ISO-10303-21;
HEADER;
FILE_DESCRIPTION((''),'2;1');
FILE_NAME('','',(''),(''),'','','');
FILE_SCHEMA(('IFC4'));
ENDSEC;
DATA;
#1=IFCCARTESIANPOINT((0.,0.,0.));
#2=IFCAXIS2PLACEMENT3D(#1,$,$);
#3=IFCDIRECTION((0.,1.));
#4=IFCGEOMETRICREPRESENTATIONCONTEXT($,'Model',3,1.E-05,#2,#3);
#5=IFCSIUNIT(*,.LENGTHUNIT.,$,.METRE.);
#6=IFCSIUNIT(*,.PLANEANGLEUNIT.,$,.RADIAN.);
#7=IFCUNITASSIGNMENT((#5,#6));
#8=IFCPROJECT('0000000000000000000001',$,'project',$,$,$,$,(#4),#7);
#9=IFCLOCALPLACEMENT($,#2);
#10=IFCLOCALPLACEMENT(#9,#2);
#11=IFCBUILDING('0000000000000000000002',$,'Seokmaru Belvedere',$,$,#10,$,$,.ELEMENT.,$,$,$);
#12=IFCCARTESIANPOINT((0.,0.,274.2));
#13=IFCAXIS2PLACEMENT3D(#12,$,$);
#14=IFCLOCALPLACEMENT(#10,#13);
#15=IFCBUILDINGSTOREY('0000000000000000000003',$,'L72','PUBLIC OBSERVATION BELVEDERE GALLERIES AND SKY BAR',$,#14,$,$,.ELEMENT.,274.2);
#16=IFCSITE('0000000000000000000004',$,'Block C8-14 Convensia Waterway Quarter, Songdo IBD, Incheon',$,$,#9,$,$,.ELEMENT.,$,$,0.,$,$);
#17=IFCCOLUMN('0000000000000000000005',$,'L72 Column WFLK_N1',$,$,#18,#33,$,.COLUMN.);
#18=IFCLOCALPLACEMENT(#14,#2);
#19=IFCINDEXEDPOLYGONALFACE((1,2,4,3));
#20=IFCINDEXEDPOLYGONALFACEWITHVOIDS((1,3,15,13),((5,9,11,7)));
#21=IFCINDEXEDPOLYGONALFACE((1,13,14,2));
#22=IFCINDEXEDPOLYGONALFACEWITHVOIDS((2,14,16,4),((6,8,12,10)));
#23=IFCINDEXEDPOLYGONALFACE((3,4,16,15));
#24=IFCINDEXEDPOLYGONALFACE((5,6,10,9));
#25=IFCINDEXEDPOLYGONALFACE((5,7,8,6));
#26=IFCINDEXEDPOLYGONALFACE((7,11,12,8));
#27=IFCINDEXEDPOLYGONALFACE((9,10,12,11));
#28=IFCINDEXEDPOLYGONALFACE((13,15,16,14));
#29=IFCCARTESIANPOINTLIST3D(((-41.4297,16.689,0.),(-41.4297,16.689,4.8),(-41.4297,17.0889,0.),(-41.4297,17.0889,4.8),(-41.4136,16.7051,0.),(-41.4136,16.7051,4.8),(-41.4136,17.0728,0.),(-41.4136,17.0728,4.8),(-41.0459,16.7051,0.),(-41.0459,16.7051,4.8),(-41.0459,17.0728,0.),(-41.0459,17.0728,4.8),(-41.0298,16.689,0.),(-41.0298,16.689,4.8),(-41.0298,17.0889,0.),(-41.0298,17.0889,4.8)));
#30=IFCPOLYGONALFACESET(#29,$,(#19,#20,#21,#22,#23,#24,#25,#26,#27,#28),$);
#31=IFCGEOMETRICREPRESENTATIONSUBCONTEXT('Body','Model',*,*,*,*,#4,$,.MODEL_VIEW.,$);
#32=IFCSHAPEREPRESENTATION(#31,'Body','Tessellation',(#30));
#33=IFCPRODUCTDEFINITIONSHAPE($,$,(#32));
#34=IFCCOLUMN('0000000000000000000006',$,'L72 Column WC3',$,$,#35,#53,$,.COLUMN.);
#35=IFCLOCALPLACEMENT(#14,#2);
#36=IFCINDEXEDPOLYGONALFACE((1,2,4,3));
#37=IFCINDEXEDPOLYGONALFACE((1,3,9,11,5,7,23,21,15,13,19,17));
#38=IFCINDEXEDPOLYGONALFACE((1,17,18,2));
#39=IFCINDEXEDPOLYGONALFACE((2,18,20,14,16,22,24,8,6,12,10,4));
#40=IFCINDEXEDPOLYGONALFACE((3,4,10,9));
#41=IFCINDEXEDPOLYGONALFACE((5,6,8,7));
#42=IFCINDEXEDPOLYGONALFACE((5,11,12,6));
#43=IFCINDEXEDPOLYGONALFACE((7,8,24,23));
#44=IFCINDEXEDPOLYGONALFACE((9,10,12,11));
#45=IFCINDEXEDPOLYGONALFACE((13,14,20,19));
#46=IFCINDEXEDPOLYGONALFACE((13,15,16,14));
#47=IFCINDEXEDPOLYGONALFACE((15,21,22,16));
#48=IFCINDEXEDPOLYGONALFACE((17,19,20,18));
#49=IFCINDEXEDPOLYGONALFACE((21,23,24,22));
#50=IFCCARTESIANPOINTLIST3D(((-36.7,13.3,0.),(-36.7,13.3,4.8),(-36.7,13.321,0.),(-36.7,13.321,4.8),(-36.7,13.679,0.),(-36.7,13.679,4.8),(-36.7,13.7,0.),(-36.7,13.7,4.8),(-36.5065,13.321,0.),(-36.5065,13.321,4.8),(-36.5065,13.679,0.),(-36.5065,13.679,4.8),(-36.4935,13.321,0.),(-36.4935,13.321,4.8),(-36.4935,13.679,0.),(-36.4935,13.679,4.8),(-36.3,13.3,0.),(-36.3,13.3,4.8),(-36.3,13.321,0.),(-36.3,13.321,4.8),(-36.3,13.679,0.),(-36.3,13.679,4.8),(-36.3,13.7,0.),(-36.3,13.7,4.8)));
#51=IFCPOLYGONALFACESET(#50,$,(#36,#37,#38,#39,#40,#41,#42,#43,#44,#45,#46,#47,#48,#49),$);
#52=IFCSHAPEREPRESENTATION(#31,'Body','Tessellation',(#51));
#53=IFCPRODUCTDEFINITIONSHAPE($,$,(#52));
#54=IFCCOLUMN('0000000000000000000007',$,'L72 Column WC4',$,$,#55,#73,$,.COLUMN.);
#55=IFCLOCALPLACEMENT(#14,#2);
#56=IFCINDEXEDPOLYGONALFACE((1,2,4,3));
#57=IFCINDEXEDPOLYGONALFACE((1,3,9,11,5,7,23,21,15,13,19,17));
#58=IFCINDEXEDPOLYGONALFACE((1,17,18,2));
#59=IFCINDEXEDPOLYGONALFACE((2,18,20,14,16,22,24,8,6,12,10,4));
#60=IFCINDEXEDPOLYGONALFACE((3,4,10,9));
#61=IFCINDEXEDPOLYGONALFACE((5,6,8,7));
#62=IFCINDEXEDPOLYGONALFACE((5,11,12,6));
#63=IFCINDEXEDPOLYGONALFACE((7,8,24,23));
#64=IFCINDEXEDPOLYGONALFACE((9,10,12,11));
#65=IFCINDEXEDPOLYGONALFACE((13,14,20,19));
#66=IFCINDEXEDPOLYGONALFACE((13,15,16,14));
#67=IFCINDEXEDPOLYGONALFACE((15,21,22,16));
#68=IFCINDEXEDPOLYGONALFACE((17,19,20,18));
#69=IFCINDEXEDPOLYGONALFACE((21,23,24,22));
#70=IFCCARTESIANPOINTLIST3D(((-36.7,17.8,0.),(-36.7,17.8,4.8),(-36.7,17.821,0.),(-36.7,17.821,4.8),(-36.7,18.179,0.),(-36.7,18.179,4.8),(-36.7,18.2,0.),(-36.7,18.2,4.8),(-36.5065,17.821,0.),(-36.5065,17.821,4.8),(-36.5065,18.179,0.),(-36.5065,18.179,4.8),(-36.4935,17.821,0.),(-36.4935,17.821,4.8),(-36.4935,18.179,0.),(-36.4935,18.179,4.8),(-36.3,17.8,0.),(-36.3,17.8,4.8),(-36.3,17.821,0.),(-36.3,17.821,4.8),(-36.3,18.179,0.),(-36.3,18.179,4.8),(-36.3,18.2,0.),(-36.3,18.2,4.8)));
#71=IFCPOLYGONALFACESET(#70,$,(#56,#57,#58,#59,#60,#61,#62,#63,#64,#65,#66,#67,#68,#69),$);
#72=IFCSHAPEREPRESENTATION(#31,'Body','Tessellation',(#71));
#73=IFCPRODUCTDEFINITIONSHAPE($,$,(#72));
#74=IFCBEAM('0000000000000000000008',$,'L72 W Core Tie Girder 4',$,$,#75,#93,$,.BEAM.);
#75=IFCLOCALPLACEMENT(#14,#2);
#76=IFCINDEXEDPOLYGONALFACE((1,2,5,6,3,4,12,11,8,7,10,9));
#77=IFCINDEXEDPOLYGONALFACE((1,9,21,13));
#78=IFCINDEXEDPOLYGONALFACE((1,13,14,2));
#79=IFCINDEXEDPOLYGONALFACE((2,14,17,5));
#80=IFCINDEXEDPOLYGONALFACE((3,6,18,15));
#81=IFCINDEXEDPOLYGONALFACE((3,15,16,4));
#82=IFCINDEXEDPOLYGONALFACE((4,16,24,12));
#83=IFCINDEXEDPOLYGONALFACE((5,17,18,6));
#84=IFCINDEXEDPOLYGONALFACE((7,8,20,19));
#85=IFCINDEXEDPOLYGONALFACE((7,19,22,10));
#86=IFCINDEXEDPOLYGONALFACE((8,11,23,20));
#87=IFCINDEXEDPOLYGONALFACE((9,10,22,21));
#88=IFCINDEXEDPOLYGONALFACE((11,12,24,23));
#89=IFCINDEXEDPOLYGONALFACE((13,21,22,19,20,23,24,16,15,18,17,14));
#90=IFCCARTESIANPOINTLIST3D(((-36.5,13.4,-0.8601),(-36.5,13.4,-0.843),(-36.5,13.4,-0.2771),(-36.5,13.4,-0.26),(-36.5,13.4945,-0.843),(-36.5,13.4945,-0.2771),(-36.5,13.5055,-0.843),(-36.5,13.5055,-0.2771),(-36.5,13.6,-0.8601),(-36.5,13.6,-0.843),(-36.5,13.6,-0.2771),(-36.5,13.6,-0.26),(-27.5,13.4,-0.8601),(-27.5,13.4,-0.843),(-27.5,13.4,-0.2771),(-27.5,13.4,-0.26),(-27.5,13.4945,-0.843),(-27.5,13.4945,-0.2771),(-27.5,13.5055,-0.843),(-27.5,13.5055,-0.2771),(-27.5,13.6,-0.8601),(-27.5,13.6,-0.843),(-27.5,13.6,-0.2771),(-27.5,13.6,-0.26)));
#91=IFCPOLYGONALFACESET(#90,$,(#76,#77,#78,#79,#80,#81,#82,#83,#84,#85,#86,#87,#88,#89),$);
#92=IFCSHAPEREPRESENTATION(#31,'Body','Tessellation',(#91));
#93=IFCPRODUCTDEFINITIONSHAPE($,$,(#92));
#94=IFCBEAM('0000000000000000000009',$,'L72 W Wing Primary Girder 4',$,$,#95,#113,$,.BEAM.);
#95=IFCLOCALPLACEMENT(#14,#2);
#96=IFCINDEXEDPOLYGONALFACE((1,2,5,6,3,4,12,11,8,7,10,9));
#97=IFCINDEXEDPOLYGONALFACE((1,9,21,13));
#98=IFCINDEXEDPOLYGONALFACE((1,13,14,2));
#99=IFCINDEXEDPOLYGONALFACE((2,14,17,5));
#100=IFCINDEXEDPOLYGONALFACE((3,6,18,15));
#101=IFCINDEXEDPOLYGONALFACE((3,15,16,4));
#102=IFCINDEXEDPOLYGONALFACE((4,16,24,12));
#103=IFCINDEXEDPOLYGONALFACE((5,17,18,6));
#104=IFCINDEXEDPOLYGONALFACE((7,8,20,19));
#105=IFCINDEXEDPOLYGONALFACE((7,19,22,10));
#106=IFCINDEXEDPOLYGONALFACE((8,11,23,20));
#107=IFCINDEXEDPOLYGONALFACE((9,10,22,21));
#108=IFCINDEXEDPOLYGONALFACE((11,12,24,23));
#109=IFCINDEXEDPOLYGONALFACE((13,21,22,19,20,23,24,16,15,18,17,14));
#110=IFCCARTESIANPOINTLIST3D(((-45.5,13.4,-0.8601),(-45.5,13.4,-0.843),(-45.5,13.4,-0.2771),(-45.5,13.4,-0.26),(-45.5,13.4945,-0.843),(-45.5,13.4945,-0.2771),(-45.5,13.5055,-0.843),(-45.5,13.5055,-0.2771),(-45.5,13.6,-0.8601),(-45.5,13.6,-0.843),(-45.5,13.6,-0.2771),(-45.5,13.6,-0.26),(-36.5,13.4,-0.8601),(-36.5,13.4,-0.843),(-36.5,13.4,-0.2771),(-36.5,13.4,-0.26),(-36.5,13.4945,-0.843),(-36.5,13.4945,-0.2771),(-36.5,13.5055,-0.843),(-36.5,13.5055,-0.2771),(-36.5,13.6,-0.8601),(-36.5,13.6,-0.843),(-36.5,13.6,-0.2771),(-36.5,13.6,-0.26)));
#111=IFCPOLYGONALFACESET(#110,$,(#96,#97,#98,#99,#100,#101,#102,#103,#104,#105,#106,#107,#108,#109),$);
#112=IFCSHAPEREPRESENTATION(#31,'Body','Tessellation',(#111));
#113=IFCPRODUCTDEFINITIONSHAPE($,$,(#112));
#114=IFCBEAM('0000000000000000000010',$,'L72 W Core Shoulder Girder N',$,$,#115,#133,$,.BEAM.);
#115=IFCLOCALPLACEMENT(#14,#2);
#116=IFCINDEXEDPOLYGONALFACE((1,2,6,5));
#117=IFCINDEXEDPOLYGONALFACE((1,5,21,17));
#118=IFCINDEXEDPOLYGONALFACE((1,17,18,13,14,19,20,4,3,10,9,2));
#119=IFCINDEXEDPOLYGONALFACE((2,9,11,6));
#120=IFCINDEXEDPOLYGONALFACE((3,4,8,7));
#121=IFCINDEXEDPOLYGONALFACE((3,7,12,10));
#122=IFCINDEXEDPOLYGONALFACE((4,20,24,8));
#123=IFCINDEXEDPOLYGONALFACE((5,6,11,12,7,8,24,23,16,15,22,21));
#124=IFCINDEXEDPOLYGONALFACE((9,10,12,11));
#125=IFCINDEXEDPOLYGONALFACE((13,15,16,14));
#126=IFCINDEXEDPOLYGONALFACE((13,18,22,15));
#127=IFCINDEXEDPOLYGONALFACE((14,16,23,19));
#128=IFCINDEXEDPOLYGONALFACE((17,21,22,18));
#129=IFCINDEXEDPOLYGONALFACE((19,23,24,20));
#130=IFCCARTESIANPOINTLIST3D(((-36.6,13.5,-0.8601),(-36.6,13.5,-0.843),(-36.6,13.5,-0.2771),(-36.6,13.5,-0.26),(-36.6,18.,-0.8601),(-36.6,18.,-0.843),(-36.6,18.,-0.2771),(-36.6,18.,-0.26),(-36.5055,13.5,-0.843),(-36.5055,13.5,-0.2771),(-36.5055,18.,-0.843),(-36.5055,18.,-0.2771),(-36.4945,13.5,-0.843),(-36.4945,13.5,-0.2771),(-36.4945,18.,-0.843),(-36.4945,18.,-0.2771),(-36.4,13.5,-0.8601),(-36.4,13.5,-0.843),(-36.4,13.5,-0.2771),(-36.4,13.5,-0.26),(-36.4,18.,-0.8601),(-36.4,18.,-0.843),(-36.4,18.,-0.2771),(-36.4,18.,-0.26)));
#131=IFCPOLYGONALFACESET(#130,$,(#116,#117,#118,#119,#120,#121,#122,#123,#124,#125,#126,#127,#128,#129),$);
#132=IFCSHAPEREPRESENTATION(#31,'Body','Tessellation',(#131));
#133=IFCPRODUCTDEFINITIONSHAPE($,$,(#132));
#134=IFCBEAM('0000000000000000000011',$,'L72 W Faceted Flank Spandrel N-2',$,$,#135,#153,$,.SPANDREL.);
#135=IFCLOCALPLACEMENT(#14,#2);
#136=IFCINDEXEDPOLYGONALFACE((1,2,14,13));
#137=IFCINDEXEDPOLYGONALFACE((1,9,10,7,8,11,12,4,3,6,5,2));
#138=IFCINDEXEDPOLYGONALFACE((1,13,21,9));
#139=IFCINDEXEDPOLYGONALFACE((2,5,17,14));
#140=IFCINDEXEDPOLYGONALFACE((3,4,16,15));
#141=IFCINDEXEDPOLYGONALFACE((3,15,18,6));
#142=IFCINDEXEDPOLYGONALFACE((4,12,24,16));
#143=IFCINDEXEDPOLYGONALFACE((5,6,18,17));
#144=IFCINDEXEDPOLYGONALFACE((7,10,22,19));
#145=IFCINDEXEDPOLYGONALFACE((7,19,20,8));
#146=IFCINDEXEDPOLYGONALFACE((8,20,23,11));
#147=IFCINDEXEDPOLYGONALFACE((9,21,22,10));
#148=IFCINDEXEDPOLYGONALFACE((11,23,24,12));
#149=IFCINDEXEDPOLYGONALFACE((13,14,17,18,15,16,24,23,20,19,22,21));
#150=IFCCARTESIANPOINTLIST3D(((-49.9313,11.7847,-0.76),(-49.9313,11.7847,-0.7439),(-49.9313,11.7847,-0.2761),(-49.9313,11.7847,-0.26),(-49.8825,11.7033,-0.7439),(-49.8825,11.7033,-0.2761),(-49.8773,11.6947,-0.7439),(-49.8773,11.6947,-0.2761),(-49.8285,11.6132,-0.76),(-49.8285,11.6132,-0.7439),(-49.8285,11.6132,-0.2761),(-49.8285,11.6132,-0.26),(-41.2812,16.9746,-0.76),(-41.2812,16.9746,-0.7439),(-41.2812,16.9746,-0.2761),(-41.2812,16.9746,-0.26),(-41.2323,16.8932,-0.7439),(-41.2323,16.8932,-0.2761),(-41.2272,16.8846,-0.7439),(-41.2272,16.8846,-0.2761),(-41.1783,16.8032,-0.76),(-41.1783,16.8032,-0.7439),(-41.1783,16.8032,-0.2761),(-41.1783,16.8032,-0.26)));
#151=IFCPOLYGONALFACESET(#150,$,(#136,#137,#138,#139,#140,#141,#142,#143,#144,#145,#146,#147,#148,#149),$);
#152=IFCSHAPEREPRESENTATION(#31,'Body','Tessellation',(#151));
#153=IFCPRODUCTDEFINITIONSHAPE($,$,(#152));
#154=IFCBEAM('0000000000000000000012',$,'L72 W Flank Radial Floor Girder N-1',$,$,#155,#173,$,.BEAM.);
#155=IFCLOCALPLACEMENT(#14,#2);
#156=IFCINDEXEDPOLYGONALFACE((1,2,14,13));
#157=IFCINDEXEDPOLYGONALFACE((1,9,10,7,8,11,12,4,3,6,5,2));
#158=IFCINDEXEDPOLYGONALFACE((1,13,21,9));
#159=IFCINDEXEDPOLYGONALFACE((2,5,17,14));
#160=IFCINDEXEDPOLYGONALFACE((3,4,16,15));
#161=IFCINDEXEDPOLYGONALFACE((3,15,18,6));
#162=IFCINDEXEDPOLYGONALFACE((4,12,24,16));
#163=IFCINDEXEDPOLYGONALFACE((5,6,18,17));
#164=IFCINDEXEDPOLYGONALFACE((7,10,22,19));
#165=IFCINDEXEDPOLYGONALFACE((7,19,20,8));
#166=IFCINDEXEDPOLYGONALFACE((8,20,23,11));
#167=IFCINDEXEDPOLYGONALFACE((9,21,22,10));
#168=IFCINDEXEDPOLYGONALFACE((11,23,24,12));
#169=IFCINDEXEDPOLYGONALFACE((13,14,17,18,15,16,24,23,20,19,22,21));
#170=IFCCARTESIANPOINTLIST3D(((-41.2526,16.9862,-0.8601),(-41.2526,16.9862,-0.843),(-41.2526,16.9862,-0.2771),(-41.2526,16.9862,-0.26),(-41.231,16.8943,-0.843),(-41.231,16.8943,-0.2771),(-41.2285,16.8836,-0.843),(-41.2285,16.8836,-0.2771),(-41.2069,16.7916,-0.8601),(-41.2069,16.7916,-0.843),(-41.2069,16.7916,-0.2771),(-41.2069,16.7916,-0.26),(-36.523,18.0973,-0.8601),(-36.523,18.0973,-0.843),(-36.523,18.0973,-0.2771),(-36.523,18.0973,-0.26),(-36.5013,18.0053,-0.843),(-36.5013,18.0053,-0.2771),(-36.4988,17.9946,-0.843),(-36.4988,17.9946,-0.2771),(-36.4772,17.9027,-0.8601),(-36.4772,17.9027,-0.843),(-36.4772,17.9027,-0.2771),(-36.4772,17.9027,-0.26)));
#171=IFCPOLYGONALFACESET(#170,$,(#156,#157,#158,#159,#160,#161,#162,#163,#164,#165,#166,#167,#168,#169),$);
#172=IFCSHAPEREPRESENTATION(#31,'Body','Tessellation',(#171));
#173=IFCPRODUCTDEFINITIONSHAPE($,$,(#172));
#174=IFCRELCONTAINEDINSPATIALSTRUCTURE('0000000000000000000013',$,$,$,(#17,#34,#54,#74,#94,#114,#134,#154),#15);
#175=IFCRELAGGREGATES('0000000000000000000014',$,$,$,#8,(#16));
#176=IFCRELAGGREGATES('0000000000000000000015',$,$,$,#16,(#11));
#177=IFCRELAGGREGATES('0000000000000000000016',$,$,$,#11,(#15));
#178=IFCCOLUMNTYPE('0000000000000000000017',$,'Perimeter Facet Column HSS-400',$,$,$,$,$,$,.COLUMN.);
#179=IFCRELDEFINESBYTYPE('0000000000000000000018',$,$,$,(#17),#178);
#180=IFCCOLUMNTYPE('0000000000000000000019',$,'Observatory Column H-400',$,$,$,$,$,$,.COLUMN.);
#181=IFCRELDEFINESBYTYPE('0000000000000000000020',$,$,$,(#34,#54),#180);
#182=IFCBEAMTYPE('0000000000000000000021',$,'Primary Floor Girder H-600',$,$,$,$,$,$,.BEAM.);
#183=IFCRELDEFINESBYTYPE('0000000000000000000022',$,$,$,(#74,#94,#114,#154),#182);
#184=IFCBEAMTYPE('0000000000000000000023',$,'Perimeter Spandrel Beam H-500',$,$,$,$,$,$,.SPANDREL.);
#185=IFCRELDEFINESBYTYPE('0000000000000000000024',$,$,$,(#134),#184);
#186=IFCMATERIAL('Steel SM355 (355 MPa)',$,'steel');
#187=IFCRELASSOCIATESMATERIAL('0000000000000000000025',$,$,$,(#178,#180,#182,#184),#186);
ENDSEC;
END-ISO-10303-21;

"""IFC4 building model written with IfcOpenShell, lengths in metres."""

from ifc_helpers import new_model, si_unit, direction, frame, origin, origin_2d, place, context, subcontext, project, spatial, hollow_rectangle, i_section, extrude, source, transform, mapped, material, material_profile, profile_set, type_object, type_shapes, element, save


model = new_model("IFC4")

# Units and contexts
model_context = context("Model", 3, precision=1e-05, world=origin(), true_north=direction((0.0, 1.0)))
body_context = subcontext(model_context, "Body", "Model", "MODEL_VIEW")
ifc_project = project(units=[si_unit("LENGTHUNIT", "METRE"), si_unit("PLANEANGLEUNIT", "RADIAN")], contexts=[model_context])

# Site, building, storey
site_placement = place(None, origin())
site = spatial("IfcSite", under=ifc_project, at=site_placement, Name="Block C8-14 Convensia Waterway Quarter, Songdo IBD, Incheon", CompositionType="ELEMENT", RefElevation=0.0)
building_placement = place(site_placement, origin())
building = spatial("IfcBuilding", under=site, at=building_placement, Name="Seokmaru Belvedere", CompositionType="ELEMENT")
storey_placement = place(building_placement, frame((0.0, 0.0, 274.2)))
storey = spatial("IfcBuildingStorey", under=building, at=storey_placement, Name="L72", Description="PUBLIC OBSERVATION BELVEDERE GALLERIES AND SKY BAR", CompositionType="ELEMENT", Elevation=274.2)

# Columns
ifc_material_1 = material(Name="Steel SM355 (355 MPa)", Category="steel")
ifc_material_profile_1 = material_profile(ifc_material_1, hollow_rectangle(XDim=0.3999, YDim=0.3999, WallThickness=0.0161, at=origin_2d()), Name="HSS-400x400x16")
ifc_profile_set_1 = profile_set([ifc_material_profile_1], Name="Steel SM355 (355 MPa)")
column_type_1 = type_object("IfcColumnType", Name="Perimeter Facet Column HSS-400", PredefinedType="COLUMN", material=ifc_profile_set_1)
shared_shape_1 = source(origin(), body_context, "Body", "SweptSolid", [
    extrude(hollow_rectangle(XDim=0.3999, YDim=0.3999, WallThickness=0.0161, at=origin_2d()), origin(), (0.0, 0.0, 1.0), 4.8),
])
type_shapes(column_type_1, [shared_shape_1])
column_placement = place(storey_placement, frame((-41.2297, 16.8889, 0.0), z_axis=(0.0, 0.0, 1.0), x_axis=(1.0, 0.0, 0.0)))
element("IfcColumn", 1, at=column_placement, inside=storey, type_object=column_type_1, Name="L72 Column WFLK_N1", PredefinedType="COLUMN", context=body_context, shape_type="MappedRepresentation", body=[
    mapped(shared_shape_1, transform((0.0, 0.0, 0.0), scale=1.0)),
])
ifc_material_profile_2 = material_profile(ifc_material_1, i_section(OverallWidth=0.3999, OverallDepth=0.3999, WebThickness=0.0129, FlangeThickness=0.021, at=origin_2d()), Name="H-400x400x13x21")
ifc_profile_set_2 = profile_set([ifc_material_profile_2], Name="Steel SM355 (355 MPa)")
column_type_2 = type_object("IfcColumnType", Name="Observatory Column H-400", PredefinedType="COLUMN", material=ifc_profile_set_2)
shared_shape_2 = source(origin(), body_context, "Body", "SweptSolid", [
    extrude(i_section(OverallWidth=0.3999, OverallDepth=0.3999, WebThickness=0.0129, FlangeThickness=0.021, at=origin_2d()), origin(), (0.0, 0.0, 1.0), 4.8),
])
type_shapes(column_type_2, [shared_shape_2])
for number, where, z_axis, x_axis, name in (
    (2, (-36.5, 13.5, 0.0), (0.0, 0.0, 1.0), (1.0, 0.0, 0.0), "L72 Column WC3"),
    (3, (-36.5, 18.0, 0.0), (0.0, 0.0, 1.0), (1.0, 0.0, 0.0), "L72 Column WC4"),
):
    element("IfcColumn", number, at=place(storey_placement, frame(where, z_axis=z_axis, x_axis=x_axis)), inside=storey, type_object=column_type_2, Name=name, PredefinedType="COLUMN", context=body_context, shape_type="MappedRepresentation", body=[
        mapped(shared_shape_2, transform((0.0, 0.0, 0.0), scale=1.0)),
    ])

# Beams
ifc_material_profile_3 = material_profile(ifc_material_1, i_section(OverallWidth=0.2, OverallDepth=0.6001, WebThickness=0.011, FlangeThickness=0.0171, at=origin_2d()), Name="H-600x200x11x17")
ifc_profile_set_3 = profile_set([ifc_material_profile_3], Name="Steel SM355 (355 MPa)")
beam_type_1 = type_object("IfcBeamType", Name="Primary Floor Girder H-600", PredefinedType="BEAM", material=ifc_profile_set_3)
shared_shape_3 = source(origin(), body_context, "Body", "SweptSolid", [
    extrude(i_section(OverallWidth=0.2, OverallDepth=0.6001, WebThickness=0.011, FlangeThickness=0.0171, at=origin_2d()), origin(), (0.0, 0.0, 1.0), 9.0),
])
for number, where, z_axis, x_axis, name in (
    (4, (-36.5, 13.5, -0.5601), (1.0, 0.0, 0.0), (0.0, 1.0, 0.0), "L72 W Core Tie Girder 4"),
    (5, (-45.5, 13.5, -0.5601), (1.0, 0.0, 0.0), (0.0, 1.0, 0.0), "L72 W Wing Primary Girder 4"),
):
    element("IfcBeam", number, at=place(storey_placement, frame(where, z_axis=z_axis, x_axis=x_axis)), inside=storey, type_object=beam_type_1, Name=name, PredefinedType="BEAM", context=body_context, shape_type="MappedRepresentation", body=[
        mapped(shared_shape_3, transform((0.0, 0.0, 0.0), scale=1.0)),
    ])
shared_shape_4 = source(origin(), body_context, "Body", "SweptSolid", [
    extrude(i_section(OverallWidth=0.2, OverallDepth=0.6001, WebThickness=0.011, FlangeThickness=0.0171, at=origin_2d()), origin(), (0.0, 0.0, 1.0), 4.5),
])
beam_1_placement = place(storey_placement, frame((-36.5, 13.5, -0.5601), z_axis=(0.0, 1.0, 0.0), x_axis=(-1.0, 0.0, 0.0)))
element("IfcBeam", 6, at=beam_1_placement, inside=storey, type_object=beam_type_1, Name="L72 W Core Shoulder Girder N", PredefinedType="BEAM", context=body_context, shape_type="MappedRepresentation", body=[
    mapped(shared_shape_4, transform((0.0, 0.0, 0.0), scale=1.0)),
])
ifc_material_profile_4 = material_profile(ifc_material_1, i_section(OverallWidth=0.2, OverallDepth=0.5, WebThickness=0.01, FlangeThickness=0.0161, at=origin_2d()), Name="H-500x200x10x16")
ifc_profile_set_4 = profile_set([ifc_material_profile_4], Name="Steel SM355 (355 MPa)")
beam_type_2 = type_object("IfcBeamType", Name="Perimeter Spandrel Beam H-500", PredefinedType="SPANDREL", material=ifc_profile_set_4)
shared_shape_5 = source(origin(), body_context, "Body", "SweptSolid", [
    extrude(i_section(OverallWidth=0.2, OverallDepth=0.5, WebThickness=0.01, FlangeThickness=0.0161, at=origin_2d()), origin(), (0.0, 0.0, 1.0), 10.0876),
])
type_shapes(beam_type_2, [shared_shape_5])
beam_2_placement = place(storey_placement, frame((-41.2297, 16.8889, -0.51), z_axis=(-0.857499, -0.514485, 0.0), x_axis=(0.514485, -0.857499, 0.0)))
element("IfcBeam", 7, at=beam_2_placement, inside=storey, type_object=beam_type_2, Name="L72 W Faceted Flank Spandrel N-2", PredefinedType="SPANDREL", context=body_context, shape_type="MappedRepresentation", body=[
    mapped(shared_shape_5, transform((0.0, 0.0, 0.0), scale=1.0)),
])
shared_shape_6 = source(origin(), body_context, "Body", "SweptSolid", [
    extrude(i_section(OverallWidth=0.2, OverallDepth=0.6001, WebThickness=0.011, FlangeThickness=0.0171, at=origin_2d()), origin(), (0.0, 0.0, 1.0), 4.8584),
])
type_shapes(beam_type_1, [shared_shape_3, shared_shape_4, shared_shape_6])
beam_3_placement = place(storey_placement, frame((-41.2297, 16.8889, -0.5601), z_axis=(0.973499, 0.228689, 0.0), x_axis=(-0.228689, 0.973499, 0.0)))
element("IfcBeam", 8, at=beam_3_placement, inside=storey, type_object=beam_type_1, Name="L72 W Flank Radial Floor Girder N-1", PredefinedType="BEAM", context=body_context, shape_type="MappedRepresentation", body=[
    mapped(shared_shape_6, transform((0.0, 0.0, 0.0), scale=1.0)),
])

save(model, "model.ifc")
